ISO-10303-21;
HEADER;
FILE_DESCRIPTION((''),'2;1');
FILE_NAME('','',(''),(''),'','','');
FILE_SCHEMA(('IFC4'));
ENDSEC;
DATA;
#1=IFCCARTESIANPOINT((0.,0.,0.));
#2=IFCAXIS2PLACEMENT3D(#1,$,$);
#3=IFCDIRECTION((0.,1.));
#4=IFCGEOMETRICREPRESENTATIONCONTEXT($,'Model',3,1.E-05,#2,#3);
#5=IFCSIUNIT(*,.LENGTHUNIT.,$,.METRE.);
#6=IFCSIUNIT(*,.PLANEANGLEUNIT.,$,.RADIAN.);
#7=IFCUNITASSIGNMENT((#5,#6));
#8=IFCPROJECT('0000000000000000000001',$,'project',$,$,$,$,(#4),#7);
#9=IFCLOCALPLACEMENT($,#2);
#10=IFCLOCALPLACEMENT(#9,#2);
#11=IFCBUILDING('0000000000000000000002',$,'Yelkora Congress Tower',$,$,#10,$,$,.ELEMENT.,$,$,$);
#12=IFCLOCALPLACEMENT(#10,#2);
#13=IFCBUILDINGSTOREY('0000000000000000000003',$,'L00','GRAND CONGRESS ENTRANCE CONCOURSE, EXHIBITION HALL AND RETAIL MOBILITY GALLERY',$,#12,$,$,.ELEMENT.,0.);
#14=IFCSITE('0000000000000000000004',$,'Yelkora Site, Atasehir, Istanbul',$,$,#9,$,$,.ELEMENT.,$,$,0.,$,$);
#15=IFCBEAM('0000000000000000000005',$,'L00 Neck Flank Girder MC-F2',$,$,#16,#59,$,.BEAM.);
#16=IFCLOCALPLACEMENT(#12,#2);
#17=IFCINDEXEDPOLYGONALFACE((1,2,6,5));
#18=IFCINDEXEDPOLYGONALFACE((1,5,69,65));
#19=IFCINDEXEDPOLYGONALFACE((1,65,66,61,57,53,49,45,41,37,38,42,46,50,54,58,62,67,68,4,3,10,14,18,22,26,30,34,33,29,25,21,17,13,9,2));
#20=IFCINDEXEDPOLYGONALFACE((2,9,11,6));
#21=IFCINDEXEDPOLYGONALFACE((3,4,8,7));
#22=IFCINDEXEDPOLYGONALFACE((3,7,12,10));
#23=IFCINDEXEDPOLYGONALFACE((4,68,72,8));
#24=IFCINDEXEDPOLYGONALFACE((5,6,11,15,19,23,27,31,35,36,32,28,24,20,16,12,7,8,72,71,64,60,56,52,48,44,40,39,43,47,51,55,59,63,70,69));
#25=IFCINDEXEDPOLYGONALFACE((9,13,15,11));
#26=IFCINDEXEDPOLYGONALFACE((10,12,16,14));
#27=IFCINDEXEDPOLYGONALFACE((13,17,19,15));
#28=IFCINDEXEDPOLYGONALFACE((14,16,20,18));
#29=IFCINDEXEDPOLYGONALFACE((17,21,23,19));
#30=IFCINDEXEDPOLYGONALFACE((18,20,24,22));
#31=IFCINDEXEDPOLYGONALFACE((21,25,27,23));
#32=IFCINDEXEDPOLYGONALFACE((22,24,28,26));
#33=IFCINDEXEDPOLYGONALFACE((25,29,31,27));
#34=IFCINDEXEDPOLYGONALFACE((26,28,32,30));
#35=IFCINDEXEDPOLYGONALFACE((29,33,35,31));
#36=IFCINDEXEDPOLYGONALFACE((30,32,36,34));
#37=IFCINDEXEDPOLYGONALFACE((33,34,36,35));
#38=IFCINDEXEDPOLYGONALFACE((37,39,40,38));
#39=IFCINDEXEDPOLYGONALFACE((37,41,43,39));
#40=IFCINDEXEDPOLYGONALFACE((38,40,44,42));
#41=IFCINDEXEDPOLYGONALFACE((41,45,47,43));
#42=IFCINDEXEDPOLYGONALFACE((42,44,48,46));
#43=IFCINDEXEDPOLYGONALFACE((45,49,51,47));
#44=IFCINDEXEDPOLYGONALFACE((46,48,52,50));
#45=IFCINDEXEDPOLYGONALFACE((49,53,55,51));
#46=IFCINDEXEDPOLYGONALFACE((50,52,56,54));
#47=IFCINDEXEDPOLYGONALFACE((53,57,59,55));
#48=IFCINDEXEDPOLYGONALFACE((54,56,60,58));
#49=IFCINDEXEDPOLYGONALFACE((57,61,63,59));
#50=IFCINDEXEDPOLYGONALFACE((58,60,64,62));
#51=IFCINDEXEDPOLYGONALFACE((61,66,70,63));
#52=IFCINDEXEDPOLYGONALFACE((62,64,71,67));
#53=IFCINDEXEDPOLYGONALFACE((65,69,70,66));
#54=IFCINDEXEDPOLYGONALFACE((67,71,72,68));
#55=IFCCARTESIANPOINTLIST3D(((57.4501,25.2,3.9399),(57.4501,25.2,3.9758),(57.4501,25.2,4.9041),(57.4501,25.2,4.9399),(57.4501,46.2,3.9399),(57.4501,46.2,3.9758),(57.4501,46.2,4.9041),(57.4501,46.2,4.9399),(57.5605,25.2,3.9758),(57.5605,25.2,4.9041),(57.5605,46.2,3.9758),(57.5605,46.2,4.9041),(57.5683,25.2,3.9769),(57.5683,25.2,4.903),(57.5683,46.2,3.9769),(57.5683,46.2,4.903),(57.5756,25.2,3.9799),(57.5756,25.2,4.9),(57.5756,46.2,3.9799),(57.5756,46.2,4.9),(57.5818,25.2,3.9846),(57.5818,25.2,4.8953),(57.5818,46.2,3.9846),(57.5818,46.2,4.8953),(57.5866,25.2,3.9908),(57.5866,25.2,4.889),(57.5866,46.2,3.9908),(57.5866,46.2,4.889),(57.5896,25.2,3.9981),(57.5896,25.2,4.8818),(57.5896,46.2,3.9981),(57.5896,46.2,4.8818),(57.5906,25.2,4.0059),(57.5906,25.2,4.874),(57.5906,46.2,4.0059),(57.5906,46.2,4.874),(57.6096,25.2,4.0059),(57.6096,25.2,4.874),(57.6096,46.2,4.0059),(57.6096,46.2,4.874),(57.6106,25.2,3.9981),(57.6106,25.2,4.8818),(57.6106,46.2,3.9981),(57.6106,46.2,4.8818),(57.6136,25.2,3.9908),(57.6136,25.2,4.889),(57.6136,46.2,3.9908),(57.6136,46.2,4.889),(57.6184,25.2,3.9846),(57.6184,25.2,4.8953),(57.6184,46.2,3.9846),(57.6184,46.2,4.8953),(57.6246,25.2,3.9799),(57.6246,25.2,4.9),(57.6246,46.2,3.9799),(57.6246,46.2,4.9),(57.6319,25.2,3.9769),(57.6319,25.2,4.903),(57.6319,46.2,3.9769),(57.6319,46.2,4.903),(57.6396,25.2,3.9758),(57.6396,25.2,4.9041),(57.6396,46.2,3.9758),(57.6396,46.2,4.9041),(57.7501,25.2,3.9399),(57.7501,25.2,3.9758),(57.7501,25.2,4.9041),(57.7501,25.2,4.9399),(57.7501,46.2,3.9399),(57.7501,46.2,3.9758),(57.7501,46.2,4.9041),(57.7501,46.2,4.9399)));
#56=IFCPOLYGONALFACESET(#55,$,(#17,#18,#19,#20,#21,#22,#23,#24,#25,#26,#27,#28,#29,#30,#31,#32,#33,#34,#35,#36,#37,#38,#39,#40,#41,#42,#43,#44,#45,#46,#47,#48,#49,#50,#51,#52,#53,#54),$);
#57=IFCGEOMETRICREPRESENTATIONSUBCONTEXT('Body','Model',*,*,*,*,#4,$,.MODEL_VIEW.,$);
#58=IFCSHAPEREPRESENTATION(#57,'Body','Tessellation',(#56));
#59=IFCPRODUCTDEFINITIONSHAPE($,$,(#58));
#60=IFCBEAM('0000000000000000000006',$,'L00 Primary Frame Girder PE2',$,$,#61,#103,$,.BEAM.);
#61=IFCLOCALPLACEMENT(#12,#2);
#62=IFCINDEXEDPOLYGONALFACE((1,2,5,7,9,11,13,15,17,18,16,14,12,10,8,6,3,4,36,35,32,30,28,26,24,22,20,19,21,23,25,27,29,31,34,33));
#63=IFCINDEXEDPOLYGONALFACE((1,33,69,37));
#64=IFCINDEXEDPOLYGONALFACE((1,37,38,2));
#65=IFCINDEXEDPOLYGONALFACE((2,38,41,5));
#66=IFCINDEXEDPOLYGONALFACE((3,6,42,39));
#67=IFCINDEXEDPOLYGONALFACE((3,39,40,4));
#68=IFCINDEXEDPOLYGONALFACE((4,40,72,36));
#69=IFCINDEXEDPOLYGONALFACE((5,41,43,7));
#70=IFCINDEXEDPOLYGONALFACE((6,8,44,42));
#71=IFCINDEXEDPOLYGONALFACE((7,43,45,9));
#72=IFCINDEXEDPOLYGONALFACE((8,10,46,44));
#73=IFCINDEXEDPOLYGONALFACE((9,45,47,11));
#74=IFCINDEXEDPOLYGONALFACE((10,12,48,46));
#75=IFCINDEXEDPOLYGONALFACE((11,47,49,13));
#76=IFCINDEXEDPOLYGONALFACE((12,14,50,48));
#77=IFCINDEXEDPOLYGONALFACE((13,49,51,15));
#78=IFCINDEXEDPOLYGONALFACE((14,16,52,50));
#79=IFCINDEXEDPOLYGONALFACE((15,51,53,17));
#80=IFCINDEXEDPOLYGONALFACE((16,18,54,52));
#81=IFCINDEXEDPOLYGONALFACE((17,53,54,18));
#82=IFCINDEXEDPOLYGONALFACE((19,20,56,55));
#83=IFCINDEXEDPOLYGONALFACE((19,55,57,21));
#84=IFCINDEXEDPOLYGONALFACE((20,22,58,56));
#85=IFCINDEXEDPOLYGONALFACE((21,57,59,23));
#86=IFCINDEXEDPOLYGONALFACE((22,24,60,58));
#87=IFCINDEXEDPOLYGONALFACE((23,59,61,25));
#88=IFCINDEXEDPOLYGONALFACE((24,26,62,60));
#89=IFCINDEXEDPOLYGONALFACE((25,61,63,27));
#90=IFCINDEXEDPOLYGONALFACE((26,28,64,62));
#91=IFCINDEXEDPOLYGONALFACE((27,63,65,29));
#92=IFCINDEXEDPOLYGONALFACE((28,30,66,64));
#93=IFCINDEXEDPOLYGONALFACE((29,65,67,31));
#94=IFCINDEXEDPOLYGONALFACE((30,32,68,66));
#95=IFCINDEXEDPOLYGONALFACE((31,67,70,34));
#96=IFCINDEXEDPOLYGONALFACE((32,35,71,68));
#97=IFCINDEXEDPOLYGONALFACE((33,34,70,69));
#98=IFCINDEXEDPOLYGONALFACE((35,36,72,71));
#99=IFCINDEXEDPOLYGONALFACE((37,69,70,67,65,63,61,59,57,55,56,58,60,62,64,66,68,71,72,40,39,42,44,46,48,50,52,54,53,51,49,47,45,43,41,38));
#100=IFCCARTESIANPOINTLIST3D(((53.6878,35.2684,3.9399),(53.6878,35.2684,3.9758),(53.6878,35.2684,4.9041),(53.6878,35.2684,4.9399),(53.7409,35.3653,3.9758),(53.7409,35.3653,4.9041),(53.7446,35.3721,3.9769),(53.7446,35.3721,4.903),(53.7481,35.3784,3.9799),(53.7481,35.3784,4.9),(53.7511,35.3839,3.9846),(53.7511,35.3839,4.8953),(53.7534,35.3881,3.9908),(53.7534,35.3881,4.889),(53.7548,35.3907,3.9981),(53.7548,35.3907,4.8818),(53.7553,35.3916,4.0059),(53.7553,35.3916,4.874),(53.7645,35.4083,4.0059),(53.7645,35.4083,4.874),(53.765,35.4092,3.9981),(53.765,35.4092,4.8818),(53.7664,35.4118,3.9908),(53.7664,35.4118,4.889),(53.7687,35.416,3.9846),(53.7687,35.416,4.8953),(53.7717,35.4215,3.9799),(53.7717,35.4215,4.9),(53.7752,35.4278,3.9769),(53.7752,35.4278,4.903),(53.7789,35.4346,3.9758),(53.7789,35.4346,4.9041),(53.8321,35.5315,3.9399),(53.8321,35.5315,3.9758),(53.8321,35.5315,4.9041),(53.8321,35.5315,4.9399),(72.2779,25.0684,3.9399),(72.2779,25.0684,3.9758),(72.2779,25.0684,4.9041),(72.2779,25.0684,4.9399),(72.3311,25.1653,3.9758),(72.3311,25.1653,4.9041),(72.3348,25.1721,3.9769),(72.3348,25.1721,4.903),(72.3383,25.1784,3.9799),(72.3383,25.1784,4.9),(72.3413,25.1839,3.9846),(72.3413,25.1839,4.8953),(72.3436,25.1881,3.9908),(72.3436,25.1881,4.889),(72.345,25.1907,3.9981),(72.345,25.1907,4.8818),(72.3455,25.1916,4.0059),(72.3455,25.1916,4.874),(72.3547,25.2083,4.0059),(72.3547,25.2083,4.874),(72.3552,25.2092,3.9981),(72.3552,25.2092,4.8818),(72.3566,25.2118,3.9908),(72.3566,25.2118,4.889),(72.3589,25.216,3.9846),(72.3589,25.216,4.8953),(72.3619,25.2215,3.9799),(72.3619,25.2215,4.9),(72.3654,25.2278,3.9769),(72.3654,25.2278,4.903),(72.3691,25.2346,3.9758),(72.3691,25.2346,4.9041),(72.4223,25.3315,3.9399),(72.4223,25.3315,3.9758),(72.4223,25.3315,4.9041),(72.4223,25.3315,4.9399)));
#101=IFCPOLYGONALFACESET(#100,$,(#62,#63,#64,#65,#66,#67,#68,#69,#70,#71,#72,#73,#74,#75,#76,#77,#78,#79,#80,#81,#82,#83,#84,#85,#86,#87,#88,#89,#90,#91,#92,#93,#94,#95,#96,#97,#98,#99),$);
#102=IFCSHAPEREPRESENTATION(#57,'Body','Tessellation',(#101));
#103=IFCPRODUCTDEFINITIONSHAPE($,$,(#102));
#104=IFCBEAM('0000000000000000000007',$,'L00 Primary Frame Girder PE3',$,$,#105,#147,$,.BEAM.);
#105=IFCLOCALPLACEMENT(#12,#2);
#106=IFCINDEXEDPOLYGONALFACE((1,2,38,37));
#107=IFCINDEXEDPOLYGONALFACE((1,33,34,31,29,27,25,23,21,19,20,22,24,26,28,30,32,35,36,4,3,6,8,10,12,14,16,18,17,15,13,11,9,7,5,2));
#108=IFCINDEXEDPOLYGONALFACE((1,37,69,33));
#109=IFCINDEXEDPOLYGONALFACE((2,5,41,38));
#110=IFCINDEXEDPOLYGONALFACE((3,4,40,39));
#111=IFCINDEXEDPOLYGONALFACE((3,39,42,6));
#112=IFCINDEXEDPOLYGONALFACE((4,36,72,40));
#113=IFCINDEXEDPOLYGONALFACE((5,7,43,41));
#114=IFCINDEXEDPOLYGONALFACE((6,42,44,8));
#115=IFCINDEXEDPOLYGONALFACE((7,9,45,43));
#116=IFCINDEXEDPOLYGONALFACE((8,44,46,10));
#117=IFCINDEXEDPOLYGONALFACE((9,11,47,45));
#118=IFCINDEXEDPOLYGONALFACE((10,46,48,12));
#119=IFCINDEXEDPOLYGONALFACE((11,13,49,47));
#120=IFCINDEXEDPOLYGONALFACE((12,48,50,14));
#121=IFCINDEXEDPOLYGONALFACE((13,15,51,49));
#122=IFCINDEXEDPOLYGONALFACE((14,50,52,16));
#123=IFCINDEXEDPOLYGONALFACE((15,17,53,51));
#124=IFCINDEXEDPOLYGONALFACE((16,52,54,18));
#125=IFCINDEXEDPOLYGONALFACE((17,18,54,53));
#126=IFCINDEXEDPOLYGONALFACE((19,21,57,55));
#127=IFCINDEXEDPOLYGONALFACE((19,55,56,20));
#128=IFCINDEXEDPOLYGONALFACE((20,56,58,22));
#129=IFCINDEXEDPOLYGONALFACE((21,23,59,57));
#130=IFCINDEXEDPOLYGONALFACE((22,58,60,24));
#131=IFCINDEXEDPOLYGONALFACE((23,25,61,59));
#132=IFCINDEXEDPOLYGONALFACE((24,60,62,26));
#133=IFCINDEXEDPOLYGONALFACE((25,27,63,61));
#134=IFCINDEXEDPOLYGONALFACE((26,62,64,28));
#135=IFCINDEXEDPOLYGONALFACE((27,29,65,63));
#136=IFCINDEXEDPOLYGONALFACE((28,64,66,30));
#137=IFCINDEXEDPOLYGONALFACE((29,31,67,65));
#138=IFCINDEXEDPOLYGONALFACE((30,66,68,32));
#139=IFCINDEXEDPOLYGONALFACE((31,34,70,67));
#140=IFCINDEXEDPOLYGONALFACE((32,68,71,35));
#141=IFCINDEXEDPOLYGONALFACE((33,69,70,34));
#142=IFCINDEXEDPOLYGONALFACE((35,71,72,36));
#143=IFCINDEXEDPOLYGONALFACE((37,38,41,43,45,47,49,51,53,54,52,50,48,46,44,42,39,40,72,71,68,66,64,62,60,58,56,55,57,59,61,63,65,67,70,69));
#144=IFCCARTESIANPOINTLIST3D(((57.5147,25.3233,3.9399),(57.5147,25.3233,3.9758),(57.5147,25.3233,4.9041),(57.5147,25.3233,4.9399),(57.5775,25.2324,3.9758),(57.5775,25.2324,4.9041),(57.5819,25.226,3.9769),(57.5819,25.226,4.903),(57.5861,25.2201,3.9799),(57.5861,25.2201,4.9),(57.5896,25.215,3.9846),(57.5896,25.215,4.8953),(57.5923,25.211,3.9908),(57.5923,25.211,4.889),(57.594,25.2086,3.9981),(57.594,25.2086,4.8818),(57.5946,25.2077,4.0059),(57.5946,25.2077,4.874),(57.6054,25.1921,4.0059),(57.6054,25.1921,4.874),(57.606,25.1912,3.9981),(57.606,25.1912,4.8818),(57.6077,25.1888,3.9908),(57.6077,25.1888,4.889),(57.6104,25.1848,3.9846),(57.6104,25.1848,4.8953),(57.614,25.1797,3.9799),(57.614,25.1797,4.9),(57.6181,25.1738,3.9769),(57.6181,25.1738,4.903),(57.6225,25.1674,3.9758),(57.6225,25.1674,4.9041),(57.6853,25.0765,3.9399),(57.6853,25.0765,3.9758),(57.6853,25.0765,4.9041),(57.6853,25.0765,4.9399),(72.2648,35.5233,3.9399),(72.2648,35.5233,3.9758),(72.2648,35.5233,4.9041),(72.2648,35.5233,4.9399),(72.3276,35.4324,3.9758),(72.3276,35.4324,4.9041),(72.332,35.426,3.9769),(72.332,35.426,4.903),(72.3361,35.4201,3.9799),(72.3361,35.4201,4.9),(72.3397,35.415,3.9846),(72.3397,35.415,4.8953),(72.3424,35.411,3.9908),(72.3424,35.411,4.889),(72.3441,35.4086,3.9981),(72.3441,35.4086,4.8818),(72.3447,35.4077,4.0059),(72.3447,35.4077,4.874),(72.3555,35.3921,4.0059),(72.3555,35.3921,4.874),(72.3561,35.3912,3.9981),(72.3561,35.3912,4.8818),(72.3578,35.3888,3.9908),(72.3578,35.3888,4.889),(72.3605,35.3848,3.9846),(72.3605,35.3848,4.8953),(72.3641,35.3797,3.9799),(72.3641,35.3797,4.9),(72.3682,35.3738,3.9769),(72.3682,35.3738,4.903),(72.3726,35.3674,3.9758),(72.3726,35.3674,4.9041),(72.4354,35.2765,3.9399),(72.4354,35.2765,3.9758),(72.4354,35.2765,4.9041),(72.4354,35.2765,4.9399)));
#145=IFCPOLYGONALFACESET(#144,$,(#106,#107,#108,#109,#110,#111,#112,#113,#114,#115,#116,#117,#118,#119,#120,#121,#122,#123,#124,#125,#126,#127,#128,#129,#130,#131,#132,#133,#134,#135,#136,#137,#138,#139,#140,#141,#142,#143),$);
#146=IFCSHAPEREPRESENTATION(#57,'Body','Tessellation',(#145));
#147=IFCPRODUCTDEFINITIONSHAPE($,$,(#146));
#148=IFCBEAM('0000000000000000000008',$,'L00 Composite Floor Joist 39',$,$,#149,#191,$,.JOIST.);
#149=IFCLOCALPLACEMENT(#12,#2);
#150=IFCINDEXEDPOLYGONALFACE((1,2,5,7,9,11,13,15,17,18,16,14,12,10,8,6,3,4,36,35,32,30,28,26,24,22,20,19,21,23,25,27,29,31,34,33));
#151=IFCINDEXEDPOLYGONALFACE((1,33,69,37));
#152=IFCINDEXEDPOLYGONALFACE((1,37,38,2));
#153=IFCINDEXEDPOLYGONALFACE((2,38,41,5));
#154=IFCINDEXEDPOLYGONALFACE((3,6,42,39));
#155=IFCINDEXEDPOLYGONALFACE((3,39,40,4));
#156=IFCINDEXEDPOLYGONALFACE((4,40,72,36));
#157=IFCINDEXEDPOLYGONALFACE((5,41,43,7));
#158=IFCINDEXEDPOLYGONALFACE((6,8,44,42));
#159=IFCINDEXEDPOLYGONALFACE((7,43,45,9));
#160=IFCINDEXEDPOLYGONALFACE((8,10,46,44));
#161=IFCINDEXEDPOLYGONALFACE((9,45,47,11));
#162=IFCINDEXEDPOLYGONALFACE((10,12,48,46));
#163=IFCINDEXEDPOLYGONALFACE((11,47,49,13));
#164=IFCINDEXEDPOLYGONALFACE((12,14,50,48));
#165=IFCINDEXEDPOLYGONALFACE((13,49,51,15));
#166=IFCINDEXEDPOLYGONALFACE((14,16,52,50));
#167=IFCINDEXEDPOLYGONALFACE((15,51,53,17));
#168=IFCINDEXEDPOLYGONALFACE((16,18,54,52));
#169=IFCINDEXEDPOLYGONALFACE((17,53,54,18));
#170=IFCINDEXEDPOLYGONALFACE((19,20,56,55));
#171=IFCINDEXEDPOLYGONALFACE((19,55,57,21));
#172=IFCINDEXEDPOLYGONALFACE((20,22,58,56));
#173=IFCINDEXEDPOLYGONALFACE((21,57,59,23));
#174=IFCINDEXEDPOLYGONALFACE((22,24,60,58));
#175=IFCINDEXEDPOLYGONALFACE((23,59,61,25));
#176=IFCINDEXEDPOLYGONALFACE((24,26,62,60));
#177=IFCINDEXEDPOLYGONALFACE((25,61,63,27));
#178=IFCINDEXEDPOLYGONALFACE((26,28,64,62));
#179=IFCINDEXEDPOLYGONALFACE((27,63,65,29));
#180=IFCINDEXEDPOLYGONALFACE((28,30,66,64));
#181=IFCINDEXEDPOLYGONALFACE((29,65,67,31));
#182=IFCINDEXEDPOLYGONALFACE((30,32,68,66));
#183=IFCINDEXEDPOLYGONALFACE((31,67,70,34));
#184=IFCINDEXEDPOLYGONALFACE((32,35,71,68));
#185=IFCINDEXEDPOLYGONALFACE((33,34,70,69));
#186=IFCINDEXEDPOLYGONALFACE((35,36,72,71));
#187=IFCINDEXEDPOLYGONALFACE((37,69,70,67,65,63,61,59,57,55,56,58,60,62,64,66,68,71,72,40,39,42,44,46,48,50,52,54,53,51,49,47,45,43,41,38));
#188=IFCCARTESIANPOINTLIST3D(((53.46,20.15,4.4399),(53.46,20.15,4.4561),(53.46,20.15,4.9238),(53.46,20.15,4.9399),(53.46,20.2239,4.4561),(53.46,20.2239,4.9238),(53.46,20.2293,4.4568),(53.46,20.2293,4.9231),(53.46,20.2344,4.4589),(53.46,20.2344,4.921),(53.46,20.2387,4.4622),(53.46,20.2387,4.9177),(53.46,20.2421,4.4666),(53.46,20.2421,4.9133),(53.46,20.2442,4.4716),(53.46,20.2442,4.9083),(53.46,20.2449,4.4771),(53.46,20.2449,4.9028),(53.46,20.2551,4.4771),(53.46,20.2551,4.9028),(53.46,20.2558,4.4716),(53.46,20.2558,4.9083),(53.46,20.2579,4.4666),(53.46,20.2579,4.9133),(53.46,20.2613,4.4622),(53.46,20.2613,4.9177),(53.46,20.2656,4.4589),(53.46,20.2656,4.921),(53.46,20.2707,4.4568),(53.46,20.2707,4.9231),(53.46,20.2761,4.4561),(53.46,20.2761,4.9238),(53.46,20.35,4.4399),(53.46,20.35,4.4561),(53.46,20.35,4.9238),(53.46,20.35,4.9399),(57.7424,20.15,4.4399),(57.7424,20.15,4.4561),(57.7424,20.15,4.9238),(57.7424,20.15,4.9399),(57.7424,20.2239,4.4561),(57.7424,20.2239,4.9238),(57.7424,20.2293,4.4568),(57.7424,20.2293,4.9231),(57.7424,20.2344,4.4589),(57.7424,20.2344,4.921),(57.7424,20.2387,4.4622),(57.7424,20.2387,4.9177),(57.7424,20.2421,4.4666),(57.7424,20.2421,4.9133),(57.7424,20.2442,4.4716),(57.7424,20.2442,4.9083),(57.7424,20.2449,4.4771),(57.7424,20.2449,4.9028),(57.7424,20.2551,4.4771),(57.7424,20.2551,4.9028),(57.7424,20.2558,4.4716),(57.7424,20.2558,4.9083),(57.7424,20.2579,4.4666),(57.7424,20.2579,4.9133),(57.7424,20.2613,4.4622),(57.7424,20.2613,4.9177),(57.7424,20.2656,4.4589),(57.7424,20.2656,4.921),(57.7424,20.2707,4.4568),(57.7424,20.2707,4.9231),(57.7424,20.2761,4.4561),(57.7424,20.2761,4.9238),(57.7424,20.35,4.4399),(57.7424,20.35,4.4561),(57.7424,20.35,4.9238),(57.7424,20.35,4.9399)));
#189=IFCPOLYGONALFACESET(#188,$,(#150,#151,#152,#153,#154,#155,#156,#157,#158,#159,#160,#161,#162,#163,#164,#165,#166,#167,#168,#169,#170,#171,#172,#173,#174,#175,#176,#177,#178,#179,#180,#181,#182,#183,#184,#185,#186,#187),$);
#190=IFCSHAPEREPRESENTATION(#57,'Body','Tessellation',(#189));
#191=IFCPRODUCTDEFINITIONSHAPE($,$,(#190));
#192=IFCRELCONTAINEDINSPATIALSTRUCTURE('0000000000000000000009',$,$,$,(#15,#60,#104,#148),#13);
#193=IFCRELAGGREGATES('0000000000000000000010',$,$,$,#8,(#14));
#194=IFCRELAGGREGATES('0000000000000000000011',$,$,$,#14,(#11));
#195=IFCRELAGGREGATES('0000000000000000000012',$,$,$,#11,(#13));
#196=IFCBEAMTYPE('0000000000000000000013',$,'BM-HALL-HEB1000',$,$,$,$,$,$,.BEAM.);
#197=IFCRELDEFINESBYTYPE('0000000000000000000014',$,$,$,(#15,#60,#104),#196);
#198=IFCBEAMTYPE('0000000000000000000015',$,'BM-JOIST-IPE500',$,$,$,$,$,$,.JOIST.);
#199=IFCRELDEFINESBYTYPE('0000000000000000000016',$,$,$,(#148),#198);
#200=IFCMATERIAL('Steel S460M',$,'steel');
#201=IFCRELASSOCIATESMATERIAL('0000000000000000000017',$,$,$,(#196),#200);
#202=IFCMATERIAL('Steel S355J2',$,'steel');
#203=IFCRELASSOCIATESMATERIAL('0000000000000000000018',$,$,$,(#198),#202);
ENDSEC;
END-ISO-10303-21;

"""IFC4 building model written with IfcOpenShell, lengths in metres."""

from ifc_helpers import new_model, si_unit, direction, frame, origin, origin_2d, place, context, subcontext, project, spatial, i_section, extrude, material, material_profile, profile_set, type_object, element, save


model = new_model("IFC4")

# Units and contexts
model_context = context("Model", 3, precision=1e-05, world=origin(), true_north=direction((0.0, 1.0)))
body_context = subcontext(model_context, "Body", "Model", "MODEL_VIEW")
ifc_project = project(units=[si_unit("LENGTHUNIT", "METRE"), si_unit("PLANEANGLEUNIT", "RADIAN")], contexts=[model_context])

# Site, building, storey
site_placement = place(None, origin())
site = spatial("IfcSite", under=ifc_project, at=site_placement, Name="Yelkora Site, Atasehir, Istanbul", CompositionType="ELEMENT", RefElevation=0.0)
building_placement = place(site_placement, origin())
building = spatial("IfcBuilding", under=site, at=building_placement, Name="Yelkora Congress Tower", CompositionType="ELEMENT")
storey_placement = place(building_placement, origin())
storey = spatial("IfcBuildingStorey", under=building, at=storey_placement, Name="L00", Description="GRAND CONGRESS ENTRANCE CONCOURSE, EXHIBITION HALL AND RETAIL MOBILITY GALLERY", CompositionType="ELEMENT", Elevation=0.0)

# Beams
ifc_material_1 = material(Name="Steel S460M", Category="steel")
ifc_material_profile_1 = material_profile(ifc_material_1, i_section(OverallWidth=0.3, OverallDepth=1.0, WebThickness=0.019, FlangeThickness=0.0359, FilletRadius=0.03, at=origin_2d()), Name="HEB 1000")
ifc_profile_set_1 = profile_set([ifc_material_profile_1], Name="Steel S460M")
beam_type_1 = type_object("IfcBeamType", Name="BM-HALL-HEB1000", PredefinedType="BEAM", material=ifc_profile_set_1)
beam_1_placement = place(storey_placement, frame((57.6001, 25.2, 4.4399), z_axis=(0.0, 1.0, 0.0), x_axis=(-1.0, 0.0, 0.0)))
element("IfcBeam", 1, at=beam_1_placement, inside=storey, type_object=beam_type_1, Name="L00 Neck Flank Girder MC-F2", PredefinedType="BEAM", context=body_context, shape_type="SweptSolid", body=[
    extrude(i_section(OverallWidth=0.3, OverallDepth=1.0, WebThickness=0.019, FlangeThickness=0.0359, FilletRadius=0.03, at=origin_2d()), origin(), (0.0, 0.0, 1.0), 21.0),
])
beam_2_placement = place(storey_placement, frame((72.3501, 25.2, 4.4399), z_axis=(-0.876705, 0.481028, 0.0), x_axis=(-0.481028, -0.876705, 0.0)))
element("IfcBeam", 2, at=beam_2_placement, inside=storey, type_object=beam_type_1, Name="L00 Primary Frame Girder PE2", PredefinedType="BEAM", context=body_context, shape_type="SweptSolid", body=[
    extrude(i_section(OverallWidth=0.3, OverallDepth=1.0, WebThickness=0.019, FlangeThickness=0.0359, FilletRadius=0.03, at=origin_2d()), origin(), (0.0, 0.0, 1.0), 21.2046),
])
beam_3_placement = place(storey_placement, frame((72.3501, 35.3999, 4.4399), z_axis=(-0.822494, -0.568773, 0.0), x_axis=(0.568773, -0.822494, 0.0)))
element("IfcBeam", 3, at=beam_3_placement, inside=storey, type_object=beam_type_1, Name="L00 Primary Frame Girder PE3", PredefinedType="BEAM", context=body_context, shape_type="SweptSolid", body=[
    extrude(i_section(OverallWidth=0.3, OverallDepth=1.0, WebThickness=0.019, FlangeThickness=0.0359, FilletRadius=0.03, at=origin_2d()), origin(), (0.0, 0.0, 1.0), 17.9333),
])
ifc_material_2 = material(Name="Steel S355J2", Category="steel")
ifc_material_profile_2 = material_profile(ifc_material_2, i_section(OverallWidth=0.2, OverallDepth=0.5, WebThickness=0.0103, FlangeThickness=0.0161, FilletRadius=0.021, at=origin_2d()), Name="IPE 500")
ifc_profile_set_2 = profile_set([ifc_material_profile_2], Name="Steel S355J2")
beam_type_2 = type_object("IfcBeamType", Name="BM-JOIST-IPE500", PredefinedType="JOIST", material=ifc_profile_set_2)
beam_4_placement = place(storey_placement, frame((53.46, 20.25, 4.6899), z_axis=(1.0, 0.0, 0.0), x_axis=(0.0, 1.0, 0.0)))
element("IfcBeam", 4, at=beam_4_placement, inside=storey, type_object=beam_type_2, Name="L00 Composite Floor Joist 39", PredefinedType="JOIST", context=body_context, shape_type="SweptSolid", body=[
    extrude(i_section(OverallWidth=0.2, OverallDepth=0.5, WebThickness=0.0103, FlangeThickness=0.0161, FilletRadius=0.021, at=origin_2d()), origin(), (0.0, 0.0, 1.0), 4.2825),
])

save(model, "model.ifc")
